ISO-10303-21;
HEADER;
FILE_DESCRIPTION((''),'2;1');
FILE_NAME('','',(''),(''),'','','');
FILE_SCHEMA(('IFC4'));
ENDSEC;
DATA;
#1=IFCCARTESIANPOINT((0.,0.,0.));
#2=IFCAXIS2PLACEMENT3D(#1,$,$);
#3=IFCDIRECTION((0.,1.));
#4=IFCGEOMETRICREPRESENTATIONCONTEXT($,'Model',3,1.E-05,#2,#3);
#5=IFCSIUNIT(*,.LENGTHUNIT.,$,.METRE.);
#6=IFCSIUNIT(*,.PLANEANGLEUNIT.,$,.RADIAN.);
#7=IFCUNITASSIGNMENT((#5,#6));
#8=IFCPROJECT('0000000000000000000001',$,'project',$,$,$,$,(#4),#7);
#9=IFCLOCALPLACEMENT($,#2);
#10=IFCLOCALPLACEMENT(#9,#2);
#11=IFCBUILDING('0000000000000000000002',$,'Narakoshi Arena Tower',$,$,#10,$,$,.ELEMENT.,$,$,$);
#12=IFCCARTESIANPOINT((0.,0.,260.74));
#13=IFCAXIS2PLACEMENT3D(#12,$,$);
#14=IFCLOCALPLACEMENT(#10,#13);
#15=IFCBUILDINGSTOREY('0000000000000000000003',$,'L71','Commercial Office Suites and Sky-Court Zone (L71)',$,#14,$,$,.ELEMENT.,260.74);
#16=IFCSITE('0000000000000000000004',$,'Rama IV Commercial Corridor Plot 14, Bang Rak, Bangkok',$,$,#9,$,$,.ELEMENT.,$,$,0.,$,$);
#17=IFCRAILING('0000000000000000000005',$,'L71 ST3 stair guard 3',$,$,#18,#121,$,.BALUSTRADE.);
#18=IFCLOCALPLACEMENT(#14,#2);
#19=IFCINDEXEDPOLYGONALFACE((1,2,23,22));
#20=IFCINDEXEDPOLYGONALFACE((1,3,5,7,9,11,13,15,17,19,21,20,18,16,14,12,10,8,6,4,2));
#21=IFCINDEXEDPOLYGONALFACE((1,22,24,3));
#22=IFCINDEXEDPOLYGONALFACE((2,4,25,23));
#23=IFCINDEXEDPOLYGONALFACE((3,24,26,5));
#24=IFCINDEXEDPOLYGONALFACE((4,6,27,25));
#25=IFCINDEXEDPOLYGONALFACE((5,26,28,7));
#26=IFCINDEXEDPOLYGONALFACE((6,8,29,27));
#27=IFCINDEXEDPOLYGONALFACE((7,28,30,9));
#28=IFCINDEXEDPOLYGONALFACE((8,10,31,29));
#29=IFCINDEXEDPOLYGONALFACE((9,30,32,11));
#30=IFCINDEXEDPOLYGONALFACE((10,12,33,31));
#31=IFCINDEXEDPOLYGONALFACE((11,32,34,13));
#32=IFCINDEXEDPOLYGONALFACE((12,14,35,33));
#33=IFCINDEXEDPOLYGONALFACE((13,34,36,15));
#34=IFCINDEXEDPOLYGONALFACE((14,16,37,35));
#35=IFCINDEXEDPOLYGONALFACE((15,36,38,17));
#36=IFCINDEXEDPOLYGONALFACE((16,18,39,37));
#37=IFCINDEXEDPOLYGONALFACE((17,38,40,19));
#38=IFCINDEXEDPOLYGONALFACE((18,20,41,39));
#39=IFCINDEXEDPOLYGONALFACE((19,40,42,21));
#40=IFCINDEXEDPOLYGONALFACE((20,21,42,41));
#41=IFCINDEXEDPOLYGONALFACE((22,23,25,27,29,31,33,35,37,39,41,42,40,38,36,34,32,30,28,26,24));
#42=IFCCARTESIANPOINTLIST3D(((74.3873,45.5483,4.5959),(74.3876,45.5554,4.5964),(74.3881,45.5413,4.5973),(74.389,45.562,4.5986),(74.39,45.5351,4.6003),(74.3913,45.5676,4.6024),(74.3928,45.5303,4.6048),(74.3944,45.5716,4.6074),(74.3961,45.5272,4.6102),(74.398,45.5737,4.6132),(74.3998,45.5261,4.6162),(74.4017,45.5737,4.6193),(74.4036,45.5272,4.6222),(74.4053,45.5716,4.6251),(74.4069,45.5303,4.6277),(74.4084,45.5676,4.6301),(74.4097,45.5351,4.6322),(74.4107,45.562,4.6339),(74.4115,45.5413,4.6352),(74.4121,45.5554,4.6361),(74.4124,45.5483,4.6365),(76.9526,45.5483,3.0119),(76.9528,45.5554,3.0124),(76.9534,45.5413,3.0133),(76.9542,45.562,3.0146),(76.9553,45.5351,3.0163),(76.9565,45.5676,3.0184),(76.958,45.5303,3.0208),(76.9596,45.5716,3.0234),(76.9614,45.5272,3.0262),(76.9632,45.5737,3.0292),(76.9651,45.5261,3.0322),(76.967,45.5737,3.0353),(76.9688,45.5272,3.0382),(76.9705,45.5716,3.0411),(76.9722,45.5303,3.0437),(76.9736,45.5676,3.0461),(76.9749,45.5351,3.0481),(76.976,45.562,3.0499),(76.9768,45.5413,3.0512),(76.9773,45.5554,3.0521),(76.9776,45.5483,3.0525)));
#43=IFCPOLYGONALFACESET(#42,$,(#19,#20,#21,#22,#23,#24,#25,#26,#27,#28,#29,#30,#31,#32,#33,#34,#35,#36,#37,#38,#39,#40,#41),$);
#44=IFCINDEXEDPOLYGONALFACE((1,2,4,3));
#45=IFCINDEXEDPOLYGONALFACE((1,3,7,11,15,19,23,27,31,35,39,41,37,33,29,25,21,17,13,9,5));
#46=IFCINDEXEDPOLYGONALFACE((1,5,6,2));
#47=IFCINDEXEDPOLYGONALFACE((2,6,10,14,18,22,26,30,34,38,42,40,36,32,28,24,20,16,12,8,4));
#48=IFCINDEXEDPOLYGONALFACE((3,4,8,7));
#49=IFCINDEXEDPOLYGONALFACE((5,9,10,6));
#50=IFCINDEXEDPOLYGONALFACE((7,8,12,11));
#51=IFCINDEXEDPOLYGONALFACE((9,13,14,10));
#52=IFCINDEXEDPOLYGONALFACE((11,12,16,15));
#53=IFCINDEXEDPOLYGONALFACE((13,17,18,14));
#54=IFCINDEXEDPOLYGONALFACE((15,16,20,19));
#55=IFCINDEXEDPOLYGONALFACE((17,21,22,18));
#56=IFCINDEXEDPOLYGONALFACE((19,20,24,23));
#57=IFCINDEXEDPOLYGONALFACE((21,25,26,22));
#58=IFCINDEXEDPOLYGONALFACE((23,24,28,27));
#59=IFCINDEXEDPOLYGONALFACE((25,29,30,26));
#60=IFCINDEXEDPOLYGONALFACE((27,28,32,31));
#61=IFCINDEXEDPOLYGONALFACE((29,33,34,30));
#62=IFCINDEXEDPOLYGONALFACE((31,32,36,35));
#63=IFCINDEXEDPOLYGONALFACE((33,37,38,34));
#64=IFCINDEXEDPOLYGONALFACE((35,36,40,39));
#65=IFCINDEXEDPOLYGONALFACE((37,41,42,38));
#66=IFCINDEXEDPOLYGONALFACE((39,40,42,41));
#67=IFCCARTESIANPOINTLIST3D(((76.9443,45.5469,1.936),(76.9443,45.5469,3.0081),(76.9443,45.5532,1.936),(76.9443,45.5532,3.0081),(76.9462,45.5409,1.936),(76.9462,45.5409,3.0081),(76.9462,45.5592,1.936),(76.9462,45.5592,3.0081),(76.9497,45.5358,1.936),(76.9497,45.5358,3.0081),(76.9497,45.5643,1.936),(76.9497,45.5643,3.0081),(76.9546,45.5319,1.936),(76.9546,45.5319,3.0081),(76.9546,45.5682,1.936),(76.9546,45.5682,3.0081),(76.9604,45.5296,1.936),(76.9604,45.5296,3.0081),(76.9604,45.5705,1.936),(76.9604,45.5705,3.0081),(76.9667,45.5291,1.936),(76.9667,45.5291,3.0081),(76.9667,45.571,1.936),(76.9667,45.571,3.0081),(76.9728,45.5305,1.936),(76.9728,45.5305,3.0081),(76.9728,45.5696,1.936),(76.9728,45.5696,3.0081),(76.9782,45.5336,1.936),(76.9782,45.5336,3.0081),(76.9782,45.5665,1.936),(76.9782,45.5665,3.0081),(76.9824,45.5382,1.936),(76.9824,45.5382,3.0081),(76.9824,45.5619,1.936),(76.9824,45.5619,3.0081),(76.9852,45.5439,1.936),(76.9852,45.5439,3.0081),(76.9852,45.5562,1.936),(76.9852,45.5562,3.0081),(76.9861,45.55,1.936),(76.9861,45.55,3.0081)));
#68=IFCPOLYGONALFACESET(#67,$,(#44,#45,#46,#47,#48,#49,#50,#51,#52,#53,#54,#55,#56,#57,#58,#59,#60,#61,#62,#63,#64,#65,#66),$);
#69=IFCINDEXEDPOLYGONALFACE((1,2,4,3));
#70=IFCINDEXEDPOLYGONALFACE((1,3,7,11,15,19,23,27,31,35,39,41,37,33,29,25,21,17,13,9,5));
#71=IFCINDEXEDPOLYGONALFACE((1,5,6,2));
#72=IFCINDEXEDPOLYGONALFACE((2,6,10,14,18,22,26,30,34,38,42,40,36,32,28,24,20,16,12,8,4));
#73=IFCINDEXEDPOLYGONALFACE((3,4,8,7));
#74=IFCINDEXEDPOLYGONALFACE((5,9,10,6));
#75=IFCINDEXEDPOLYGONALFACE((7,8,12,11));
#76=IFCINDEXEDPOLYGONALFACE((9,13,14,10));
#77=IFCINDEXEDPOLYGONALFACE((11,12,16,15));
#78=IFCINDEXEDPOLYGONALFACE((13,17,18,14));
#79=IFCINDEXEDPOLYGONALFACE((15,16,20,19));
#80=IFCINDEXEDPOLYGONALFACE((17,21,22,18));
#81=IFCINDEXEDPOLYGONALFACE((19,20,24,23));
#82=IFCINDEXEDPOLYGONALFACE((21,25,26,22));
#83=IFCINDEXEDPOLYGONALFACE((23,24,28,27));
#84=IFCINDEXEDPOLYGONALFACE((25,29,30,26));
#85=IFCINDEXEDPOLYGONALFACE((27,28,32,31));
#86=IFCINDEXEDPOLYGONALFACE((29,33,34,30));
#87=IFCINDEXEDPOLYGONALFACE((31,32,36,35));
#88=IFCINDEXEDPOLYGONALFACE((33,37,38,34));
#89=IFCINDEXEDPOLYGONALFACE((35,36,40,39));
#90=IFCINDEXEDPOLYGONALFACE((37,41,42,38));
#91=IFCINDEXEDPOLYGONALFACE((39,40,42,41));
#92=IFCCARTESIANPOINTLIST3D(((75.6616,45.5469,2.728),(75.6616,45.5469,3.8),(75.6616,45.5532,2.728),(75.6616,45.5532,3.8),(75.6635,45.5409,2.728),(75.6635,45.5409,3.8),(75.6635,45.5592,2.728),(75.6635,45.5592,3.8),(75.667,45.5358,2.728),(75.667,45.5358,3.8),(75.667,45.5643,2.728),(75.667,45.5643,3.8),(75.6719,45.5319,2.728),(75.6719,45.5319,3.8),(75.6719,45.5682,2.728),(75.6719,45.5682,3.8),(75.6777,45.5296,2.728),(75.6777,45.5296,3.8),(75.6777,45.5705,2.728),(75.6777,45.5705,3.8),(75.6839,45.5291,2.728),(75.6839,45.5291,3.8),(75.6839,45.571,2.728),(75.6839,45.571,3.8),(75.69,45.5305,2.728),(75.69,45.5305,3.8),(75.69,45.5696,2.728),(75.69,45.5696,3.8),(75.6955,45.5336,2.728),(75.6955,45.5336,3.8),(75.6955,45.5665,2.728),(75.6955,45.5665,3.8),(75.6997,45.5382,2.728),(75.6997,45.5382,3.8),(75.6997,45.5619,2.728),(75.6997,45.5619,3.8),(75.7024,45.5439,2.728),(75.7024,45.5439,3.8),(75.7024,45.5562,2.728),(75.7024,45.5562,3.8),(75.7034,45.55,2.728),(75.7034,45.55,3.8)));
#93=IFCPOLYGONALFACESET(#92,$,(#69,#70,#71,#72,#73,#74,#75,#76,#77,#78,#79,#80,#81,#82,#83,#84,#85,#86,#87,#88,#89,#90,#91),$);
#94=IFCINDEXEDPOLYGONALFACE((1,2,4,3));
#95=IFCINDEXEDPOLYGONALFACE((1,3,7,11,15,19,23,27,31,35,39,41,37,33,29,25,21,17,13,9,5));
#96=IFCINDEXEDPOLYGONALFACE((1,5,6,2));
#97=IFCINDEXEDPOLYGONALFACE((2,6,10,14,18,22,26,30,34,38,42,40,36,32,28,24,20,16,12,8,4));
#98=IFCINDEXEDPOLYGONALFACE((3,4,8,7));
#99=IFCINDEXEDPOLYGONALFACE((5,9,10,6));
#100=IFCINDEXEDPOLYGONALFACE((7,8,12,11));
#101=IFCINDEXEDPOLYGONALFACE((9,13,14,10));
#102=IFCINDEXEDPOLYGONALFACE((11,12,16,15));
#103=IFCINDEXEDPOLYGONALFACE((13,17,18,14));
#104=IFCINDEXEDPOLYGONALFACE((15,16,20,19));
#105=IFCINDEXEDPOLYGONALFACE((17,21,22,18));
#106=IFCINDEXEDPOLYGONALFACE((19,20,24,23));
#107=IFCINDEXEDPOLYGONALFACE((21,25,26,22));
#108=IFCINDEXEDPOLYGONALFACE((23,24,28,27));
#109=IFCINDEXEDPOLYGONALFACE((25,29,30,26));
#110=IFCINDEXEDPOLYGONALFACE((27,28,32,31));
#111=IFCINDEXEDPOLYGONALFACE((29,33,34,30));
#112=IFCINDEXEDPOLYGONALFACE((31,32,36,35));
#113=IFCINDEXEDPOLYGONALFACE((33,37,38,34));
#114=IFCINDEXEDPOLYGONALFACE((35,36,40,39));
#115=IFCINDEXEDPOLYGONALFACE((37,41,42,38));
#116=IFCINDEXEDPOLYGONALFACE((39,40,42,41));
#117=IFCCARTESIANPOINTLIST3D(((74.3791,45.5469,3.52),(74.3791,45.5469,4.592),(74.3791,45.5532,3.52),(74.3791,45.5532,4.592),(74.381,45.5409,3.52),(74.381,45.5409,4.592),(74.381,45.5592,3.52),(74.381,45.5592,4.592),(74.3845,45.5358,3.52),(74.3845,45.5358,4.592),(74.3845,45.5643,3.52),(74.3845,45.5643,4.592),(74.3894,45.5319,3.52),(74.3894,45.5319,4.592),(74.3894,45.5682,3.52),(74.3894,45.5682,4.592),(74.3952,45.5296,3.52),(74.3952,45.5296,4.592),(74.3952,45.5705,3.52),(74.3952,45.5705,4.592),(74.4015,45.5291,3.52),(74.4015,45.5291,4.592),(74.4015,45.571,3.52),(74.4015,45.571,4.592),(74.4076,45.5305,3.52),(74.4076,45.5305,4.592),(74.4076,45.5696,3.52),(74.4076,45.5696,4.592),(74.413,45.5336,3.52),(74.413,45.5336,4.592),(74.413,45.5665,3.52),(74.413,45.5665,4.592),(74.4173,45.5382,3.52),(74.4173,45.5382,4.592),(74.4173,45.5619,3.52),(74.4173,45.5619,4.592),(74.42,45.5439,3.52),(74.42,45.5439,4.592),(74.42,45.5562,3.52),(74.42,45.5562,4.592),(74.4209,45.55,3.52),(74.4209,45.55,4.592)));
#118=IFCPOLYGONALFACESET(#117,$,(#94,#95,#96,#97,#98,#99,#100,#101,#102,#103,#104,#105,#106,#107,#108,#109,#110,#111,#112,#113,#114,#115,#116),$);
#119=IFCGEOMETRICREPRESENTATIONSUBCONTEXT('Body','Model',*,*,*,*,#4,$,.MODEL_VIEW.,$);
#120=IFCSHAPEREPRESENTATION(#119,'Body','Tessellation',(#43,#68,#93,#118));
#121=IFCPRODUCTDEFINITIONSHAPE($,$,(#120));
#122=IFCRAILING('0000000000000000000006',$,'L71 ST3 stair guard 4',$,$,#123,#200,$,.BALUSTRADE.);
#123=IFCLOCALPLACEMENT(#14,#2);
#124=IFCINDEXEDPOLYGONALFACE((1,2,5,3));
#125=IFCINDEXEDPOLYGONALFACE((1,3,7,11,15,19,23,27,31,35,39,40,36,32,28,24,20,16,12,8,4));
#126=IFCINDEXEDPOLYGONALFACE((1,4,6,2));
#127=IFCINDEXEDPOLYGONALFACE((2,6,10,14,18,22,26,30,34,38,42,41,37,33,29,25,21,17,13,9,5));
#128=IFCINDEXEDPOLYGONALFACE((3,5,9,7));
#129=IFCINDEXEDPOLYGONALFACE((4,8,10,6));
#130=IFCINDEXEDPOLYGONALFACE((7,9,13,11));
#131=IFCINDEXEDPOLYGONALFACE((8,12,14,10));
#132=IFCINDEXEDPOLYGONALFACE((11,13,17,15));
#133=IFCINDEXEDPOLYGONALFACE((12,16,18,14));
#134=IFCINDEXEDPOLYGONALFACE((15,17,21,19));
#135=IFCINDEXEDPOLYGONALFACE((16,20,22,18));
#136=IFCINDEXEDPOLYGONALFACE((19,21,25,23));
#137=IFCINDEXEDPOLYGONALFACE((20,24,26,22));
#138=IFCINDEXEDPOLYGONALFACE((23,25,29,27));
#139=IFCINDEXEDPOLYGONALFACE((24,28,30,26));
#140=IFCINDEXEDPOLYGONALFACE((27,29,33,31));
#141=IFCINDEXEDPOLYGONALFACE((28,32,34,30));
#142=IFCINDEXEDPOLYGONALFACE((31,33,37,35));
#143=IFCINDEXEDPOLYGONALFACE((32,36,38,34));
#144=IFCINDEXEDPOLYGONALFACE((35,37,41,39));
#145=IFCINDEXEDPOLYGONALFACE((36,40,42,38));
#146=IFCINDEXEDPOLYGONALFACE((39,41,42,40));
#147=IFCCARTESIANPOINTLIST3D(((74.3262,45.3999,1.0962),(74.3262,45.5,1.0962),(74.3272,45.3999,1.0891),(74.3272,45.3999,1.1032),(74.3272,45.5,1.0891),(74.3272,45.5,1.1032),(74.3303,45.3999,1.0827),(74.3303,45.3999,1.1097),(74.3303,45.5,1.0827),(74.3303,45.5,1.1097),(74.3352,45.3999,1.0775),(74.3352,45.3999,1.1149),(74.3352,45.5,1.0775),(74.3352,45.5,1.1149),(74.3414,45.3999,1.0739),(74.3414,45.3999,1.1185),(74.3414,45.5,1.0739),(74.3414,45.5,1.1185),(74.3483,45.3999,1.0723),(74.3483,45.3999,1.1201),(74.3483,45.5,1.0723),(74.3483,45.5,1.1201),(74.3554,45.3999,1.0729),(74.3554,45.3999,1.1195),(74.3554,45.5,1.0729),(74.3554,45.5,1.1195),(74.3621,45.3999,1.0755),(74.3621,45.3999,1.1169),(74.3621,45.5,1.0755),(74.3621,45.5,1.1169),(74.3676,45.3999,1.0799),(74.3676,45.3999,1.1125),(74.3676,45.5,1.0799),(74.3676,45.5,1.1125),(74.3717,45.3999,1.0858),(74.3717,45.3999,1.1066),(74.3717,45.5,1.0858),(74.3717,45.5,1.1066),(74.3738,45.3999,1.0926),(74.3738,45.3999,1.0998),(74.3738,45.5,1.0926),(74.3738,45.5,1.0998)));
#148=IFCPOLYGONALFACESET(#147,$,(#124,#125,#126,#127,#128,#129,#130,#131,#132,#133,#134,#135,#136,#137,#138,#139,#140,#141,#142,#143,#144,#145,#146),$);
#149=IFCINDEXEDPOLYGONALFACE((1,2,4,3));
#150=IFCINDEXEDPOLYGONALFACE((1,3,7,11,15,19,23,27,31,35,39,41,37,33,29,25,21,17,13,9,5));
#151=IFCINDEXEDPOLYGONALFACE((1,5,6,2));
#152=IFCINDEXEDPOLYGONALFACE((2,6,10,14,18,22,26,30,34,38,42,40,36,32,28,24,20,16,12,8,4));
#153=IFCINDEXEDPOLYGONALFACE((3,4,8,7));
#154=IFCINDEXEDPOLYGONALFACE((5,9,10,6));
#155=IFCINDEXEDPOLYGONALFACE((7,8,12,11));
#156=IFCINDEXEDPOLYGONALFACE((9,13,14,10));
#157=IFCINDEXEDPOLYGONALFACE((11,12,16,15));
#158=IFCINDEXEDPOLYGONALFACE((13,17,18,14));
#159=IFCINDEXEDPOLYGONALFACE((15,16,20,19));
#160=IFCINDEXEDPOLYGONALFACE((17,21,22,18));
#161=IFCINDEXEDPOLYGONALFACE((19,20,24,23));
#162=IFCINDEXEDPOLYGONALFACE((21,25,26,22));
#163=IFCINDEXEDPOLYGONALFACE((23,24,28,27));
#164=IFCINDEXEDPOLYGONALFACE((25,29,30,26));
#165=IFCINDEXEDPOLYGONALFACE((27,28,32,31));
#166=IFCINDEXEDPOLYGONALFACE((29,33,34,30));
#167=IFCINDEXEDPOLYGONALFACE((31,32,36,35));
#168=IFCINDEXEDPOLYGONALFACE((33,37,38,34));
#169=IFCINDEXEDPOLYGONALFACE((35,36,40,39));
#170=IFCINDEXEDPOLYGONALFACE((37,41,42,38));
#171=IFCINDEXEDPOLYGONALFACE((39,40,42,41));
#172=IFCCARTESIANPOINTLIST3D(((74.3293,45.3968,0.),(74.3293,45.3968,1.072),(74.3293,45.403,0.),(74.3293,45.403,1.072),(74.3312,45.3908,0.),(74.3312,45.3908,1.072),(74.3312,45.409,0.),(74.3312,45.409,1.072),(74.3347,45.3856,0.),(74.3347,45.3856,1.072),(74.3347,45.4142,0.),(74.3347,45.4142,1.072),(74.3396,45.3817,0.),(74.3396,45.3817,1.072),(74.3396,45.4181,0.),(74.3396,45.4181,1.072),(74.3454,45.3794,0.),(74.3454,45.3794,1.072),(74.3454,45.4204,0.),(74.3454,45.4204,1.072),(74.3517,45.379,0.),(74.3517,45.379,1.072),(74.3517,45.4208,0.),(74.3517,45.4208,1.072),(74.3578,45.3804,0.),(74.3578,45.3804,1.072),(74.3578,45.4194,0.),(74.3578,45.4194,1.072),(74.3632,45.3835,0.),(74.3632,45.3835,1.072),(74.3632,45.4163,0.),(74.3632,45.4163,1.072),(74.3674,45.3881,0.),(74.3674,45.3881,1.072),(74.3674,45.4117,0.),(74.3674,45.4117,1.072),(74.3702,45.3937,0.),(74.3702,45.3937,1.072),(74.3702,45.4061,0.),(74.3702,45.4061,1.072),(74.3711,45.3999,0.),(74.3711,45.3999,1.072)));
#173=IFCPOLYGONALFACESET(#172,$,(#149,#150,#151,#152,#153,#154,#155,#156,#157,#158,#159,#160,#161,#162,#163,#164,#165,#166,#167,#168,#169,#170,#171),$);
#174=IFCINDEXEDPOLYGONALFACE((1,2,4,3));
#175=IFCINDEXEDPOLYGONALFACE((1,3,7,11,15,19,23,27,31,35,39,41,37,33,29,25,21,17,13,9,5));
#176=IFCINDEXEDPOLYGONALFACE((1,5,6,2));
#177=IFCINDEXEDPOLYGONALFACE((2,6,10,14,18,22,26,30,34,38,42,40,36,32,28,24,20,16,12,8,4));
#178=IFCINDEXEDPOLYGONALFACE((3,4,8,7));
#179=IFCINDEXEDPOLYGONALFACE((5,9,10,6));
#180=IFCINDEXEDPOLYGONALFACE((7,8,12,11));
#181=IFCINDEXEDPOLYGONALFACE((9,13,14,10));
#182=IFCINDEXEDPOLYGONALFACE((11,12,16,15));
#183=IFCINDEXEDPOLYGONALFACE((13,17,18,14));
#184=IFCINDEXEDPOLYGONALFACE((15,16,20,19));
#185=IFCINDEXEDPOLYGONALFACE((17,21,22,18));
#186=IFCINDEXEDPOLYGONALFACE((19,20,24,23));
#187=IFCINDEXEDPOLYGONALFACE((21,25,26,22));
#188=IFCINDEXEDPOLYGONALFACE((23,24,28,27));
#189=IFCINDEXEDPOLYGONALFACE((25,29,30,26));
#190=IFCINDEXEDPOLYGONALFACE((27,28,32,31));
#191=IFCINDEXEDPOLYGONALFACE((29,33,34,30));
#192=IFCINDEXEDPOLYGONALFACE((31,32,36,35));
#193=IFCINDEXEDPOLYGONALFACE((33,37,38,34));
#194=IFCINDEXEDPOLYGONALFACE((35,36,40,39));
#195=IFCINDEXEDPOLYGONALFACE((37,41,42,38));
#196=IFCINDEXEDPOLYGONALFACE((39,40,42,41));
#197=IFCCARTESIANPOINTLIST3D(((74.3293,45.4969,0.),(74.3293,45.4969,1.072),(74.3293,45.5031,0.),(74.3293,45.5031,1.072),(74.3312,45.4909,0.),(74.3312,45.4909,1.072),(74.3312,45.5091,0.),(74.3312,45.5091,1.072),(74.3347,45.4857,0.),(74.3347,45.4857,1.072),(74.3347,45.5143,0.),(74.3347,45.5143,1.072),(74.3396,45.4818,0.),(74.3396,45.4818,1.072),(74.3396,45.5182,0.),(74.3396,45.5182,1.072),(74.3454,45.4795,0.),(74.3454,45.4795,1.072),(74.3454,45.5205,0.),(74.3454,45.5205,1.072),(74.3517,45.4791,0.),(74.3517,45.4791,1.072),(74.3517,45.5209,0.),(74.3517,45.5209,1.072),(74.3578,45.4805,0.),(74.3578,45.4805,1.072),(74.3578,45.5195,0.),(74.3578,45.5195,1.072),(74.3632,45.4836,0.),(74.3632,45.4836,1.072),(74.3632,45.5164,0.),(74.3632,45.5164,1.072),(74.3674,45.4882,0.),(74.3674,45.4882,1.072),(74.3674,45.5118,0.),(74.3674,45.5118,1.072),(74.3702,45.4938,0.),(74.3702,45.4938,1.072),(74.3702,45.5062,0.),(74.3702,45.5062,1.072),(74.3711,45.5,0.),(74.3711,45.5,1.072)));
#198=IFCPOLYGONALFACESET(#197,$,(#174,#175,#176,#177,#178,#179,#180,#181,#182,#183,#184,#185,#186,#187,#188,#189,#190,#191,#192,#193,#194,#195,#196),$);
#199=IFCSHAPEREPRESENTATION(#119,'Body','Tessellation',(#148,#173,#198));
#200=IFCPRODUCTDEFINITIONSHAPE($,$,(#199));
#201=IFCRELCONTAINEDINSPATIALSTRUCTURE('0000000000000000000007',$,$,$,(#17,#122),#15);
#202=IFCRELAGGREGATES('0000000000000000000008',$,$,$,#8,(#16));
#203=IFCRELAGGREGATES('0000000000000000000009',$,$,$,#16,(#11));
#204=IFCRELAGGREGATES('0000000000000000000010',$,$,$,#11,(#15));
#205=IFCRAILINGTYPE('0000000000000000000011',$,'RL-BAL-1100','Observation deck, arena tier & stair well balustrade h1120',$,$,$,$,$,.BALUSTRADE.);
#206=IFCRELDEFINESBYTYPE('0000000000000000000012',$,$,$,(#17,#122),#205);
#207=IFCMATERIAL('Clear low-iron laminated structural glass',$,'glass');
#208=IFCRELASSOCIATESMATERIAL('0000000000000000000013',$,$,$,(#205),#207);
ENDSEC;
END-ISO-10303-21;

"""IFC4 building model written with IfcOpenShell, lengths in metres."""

from ifc_helpers import new_model, si_unit, direction, frame, origin, origin_2d, place, context, subcontext, project, spatial, circle, extrude, material, type_object, element, save


model = new_model("IFC4")

# Units and contexts
model_context = context("Model", 3, precision=1e-05, world=origin(), true_north=direction((0.0, 1.0)))
body_context = subcontext(model_context, "Body", "Model", "MODEL_VIEW")
ifc_project = project(units=[si_unit("LENGTHUNIT", "METRE"), si_unit("PLANEANGLEUNIT", "RADIAN")], contexts=[model_context])

# Site, building, storey
site_placement = place(None, origin())
site = spatial("IfcSite", under=ifc_project, at=site_placement, Name="Rama IV Commercial Corridor Plot 14, Bang Rak, Bangkok", CompositionType="ELEMENT", RefElevation=0.0)
building_placement = place(site_placement, origin())
building = spatial("IfcBuilding", under=site, at=building_placement, Name="Narakoshi Arena Tower", CompositionType="ELEMENT")
storey_placement = place(building_placement, frame((0.0, 0.0, 260.74)))
storey = spatial("IfcBuildingStorey", under=building, at=storey_placement, Name="L71", Description="Commercial Office Suites and Sky-Court Zone (L71)", CompositionType="ELEMENT", Elevation=260.74)

# Railings
ifc_material_1 = material(Name="Clear low-iron laminated structural glass", Category="glass")
railing_type_1 = type_object("IfcRailingType", Name="RL-BAL-1100", Description="Observation deck, arena tier & stair well balustrade h1120", PredefinedType="BALUSTRADE", material=ifc_material_1)
railing_1_placement = place(storey_placement, frame((76.9651, 45.55, 1.936)))
element("IfcRailing", 1, at=railing_1_placement, inside=storey, type_object=railing_type_1, Name="L71 ST3 stair guard 3", PredefinedType="BALUSTRADE", context=body_context, shape_type="SweptSolid", body=[
    extrude(circle(Radius=0.0239, at=origin_2d()), frame((0.0, 0.0, 1.0962), z_axis=(-0.850857, 0.0, 0.525398), x_axis=(0.0, -1.0, 0.0)), (0.0, 0.0, 1.0), 3.0149),
    extrude(circle(Radius=0.021, at=origin_2d()), origin(), (0.0, 0.0, 1.0), 1.072),
    extrude(circle(Radius=0.021, at=origin_2d()), frame((-1.2827, 0.0, 0.792)), (0.0, 0.0, 1.0), 1.072),
    extrude(circle(Radius=0.021, at=origin_2d()), frame((-2.5652, 0.0, 1.584)), (0.0, 0.0, 1.0), 1.072),
])
railing_2_placement = place(storey_placement, frame((74.3501, 45.3999, 0.0)))
element("IfcRailing", 2, at=railing_2_placement, inside=storey, type_object=railing_type_1, Name="L71 ST3 stair guard 4", PredefinedType="BALUSTRADE", context=body_context, shape_type="SweptSolid", body=[
    extrude(circle(Radius=0.0239, at=origin_2d()), frame((0.0, 0.0, 1.0962), z_axis=(0.0, 1.0, 0.0), x_axis=(-1.0, 0.0, 0.0)), (0.0, 0.0, 1.0), 0.1001),
    extrude(circle(Radius=0.021, at=origin_2d()), origin(), (0.0, 0.0, 1.0), 1.072),
    extrude(circle(Radius=0.021, at=origin_2d()), frame((0.0, 0.1001, 0.0)), (0.0, 0.0, 1.0), 1.072),
])

save(model, "model.ifc")
